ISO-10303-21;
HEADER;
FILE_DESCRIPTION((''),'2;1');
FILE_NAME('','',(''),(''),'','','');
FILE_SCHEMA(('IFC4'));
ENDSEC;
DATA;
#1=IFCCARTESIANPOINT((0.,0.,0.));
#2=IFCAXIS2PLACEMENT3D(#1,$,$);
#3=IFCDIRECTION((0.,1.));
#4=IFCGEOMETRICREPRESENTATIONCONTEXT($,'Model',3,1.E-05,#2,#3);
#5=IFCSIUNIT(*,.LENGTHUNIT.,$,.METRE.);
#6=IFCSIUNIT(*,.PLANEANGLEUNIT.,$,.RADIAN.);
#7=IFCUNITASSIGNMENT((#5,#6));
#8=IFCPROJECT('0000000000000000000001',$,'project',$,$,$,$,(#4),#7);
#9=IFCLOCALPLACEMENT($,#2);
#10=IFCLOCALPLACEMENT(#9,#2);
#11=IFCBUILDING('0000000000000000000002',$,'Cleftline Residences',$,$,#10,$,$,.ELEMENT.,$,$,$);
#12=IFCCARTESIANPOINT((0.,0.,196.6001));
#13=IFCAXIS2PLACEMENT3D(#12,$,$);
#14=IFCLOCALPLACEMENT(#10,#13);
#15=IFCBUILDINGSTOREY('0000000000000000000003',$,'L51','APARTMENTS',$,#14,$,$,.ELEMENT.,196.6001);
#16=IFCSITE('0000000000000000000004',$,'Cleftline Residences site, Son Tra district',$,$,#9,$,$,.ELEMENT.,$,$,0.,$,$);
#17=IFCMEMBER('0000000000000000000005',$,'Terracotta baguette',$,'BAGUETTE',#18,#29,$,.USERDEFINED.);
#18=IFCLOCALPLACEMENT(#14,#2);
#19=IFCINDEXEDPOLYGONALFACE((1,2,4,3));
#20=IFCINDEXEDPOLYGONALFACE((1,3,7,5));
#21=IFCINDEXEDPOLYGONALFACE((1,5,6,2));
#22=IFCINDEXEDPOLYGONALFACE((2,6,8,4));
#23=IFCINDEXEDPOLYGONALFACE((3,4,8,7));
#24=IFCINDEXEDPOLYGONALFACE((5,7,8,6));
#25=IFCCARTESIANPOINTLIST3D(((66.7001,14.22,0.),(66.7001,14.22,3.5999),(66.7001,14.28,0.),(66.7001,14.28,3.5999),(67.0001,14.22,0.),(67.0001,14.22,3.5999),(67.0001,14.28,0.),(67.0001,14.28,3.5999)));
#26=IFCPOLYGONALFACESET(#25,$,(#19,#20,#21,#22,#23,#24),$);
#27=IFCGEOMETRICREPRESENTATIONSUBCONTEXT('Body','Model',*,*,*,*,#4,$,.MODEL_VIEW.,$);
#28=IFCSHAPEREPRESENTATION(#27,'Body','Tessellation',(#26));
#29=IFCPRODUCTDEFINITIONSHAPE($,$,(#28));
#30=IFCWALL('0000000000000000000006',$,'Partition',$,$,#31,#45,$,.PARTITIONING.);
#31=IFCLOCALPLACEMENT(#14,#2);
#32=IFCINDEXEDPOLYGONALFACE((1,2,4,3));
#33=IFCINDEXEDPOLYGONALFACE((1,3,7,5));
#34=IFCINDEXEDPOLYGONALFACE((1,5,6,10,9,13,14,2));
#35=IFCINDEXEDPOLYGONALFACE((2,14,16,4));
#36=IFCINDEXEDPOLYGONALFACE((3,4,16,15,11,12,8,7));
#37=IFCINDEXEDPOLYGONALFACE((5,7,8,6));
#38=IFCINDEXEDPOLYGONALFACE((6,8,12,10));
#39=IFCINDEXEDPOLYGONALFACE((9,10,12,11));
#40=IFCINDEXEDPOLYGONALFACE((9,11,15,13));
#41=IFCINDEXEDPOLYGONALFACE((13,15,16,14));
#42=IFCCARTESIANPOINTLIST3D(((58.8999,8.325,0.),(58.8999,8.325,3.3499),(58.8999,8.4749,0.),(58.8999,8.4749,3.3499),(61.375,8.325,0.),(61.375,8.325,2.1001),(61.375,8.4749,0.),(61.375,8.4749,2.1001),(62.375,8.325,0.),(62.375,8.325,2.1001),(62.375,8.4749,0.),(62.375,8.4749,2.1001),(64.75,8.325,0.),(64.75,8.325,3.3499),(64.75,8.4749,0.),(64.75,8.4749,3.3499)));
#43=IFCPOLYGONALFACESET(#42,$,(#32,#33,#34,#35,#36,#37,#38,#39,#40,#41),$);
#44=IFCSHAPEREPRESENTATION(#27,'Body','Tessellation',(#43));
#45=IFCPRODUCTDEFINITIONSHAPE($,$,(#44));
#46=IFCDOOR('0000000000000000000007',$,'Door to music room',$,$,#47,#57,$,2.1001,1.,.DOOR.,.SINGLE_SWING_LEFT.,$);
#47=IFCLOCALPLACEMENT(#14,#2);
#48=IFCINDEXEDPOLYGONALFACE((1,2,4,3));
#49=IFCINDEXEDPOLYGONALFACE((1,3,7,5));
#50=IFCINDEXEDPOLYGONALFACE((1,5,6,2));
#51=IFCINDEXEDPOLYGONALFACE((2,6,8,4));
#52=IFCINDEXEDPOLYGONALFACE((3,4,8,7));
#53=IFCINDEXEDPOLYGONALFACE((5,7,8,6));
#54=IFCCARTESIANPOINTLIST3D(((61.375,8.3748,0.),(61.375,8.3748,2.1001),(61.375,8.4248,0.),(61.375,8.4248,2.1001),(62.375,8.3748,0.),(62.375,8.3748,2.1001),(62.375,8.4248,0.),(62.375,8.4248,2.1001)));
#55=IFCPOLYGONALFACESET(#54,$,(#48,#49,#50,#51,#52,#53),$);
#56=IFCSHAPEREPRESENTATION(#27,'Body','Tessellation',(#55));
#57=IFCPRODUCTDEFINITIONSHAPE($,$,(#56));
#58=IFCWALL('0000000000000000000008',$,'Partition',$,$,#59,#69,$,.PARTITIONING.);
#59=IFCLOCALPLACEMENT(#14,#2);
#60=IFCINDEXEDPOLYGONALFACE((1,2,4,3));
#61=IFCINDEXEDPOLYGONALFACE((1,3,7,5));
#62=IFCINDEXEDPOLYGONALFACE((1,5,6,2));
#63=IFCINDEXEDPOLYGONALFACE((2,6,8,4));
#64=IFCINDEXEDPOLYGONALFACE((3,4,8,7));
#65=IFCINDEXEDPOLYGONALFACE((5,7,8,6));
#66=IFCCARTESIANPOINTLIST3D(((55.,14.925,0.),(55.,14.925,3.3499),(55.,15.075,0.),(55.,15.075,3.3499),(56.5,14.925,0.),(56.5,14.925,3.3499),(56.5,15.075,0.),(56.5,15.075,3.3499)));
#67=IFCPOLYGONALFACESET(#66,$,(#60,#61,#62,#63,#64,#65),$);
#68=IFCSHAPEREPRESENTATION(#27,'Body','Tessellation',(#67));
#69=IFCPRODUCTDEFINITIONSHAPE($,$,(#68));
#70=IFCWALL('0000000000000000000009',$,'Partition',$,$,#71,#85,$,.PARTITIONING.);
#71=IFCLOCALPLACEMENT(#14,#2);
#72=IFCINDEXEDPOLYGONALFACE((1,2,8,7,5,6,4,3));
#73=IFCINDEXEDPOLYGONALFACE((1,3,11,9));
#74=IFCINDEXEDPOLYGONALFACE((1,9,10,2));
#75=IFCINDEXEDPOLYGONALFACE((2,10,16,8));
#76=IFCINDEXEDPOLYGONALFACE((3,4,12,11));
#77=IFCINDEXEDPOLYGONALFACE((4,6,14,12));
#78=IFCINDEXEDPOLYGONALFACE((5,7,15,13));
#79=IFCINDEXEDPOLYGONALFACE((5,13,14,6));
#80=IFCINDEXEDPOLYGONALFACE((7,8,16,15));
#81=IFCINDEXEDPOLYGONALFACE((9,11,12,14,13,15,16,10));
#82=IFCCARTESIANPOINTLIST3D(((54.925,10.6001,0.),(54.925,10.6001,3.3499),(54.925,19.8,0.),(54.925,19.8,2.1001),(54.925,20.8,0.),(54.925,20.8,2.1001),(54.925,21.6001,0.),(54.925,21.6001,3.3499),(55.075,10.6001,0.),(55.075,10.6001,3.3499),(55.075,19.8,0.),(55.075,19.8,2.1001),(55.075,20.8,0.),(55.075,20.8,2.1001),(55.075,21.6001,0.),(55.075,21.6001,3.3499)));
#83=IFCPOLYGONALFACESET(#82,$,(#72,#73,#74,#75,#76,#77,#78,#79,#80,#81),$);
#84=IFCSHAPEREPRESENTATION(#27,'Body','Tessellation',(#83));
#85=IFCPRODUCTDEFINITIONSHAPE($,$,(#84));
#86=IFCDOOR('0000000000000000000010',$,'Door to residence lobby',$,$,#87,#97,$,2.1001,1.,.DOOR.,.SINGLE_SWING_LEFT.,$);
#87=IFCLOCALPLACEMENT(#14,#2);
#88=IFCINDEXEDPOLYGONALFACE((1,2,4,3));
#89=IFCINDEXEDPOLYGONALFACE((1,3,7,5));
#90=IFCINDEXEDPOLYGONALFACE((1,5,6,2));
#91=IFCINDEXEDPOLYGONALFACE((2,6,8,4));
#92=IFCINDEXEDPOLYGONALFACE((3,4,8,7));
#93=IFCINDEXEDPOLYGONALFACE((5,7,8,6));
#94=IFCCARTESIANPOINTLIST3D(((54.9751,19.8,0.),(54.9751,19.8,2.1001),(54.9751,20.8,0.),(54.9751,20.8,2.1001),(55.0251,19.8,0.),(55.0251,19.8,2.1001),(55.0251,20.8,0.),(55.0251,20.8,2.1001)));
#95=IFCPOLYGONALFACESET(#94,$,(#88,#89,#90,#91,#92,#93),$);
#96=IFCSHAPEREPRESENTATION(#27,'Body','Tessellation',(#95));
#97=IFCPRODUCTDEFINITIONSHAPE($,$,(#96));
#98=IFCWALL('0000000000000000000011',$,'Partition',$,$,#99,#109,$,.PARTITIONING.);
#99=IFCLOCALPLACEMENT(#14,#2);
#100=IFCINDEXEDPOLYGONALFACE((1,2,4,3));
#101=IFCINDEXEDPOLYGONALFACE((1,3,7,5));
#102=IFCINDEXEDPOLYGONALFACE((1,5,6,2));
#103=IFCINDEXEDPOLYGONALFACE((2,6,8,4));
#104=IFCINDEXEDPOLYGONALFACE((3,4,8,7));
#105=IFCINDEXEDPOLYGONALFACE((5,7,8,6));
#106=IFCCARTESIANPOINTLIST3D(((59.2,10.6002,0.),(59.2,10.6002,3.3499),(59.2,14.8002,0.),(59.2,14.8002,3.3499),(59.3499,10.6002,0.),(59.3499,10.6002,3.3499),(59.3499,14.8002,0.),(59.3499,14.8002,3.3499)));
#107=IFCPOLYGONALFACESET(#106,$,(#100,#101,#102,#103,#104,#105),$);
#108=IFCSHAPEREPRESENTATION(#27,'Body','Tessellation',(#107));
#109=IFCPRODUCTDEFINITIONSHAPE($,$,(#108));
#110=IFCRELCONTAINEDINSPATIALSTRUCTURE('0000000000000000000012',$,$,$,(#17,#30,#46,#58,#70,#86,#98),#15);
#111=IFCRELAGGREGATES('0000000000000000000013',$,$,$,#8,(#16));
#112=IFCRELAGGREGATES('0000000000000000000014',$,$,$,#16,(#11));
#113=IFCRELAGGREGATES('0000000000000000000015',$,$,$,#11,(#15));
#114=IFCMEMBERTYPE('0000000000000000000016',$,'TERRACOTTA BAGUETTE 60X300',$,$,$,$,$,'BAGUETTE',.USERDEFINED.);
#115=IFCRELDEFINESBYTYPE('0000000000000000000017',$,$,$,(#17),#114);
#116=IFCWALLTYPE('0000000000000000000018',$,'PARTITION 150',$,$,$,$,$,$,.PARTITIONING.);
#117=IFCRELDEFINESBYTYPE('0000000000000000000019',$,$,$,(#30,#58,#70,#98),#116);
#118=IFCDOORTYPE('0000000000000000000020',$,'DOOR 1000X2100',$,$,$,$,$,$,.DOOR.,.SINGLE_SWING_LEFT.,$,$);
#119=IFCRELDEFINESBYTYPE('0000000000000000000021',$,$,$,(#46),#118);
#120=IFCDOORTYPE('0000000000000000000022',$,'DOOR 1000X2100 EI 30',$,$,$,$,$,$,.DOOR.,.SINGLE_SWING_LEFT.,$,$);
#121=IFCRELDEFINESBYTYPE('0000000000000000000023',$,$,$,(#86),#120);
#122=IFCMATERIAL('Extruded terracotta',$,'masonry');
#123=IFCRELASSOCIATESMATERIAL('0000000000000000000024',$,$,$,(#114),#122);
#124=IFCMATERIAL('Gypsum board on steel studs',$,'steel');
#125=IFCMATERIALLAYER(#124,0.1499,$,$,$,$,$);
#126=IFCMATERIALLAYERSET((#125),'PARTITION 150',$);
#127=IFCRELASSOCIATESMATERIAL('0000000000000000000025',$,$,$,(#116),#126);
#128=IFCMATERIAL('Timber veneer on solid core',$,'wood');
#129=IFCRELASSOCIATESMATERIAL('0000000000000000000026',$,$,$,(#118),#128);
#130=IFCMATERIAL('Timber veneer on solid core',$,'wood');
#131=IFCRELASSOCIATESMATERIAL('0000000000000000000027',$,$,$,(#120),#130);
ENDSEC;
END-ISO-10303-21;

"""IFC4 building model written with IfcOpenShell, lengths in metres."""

from ifc_helpers import new_model, si_unit, direction, frame, frame_2d, origin, origin_2d, place, context, subcontext, project, spatial, rectangle, extrude, material, layer, layer_set, material_profile, profile_set, type_object, element, fill, save


model = new_model("IFC4")

# Units and contexts
model_context = context("Model", 3, precision=1e-05, world=origin(), true_north=direction((0.0, 1.0)))
body_context = subcontext(model_context, "Body", "Model", "MODEL_VIEW")
ifc_project = project(units=[si_unit("LENGTHUNIT", "METRE"), si_unit("PLANEANGLEUNIT", "RADIAN")], contexts=[model_context])

# Site, building, storey
site_placement = place(None, origin())
site = spatial("IfcSite", under=ifc_project, at=site_placement, Name="Cleftline Residences site, Son Tra district", CompositionType="ELEMENT", RefElevation=0.0)
building_placement = place(site_placement, origin())
building = spatial("IfcBuilding", under=site, at=building_placement, Name="Cleftline Residences", CompositionType="ELEMENT")
storey_placement = place(building_placement, frame((0.0, 0.0, 196.6001)))
storey = spatial("IfcBuildingStorey", under=building, at=storey_placement, Name="L51", Description="APARTMENTS", CompositionType="ELEMENT", Elevation=196.6001)

# Member
ifc_material_1 = material(Name="Extruded terracotta", Category="masonry")
ifc_material_profile_1 = material_profile(ifc_material_1, rectangle(XDim=0.0601, YDim=0.3, at=origin_2d()))
ifc_profile_set_1 = profile_set([ifc_material_profile_1], Name="Extruded terracotta")
member_type_1 = type_object("IfcMemberType", Name="TERRACOTTA BAGUETTE 60X300", ElementType="BAGUETTE", PredefinedType="USERDEFINED", material=ifc_profile_set_1)
for number, where, z_axis, x_axis, name in (
    (1, (66.8501, 14.25, 0.0), (0.0, 0.0, 1.0), (0.0, 1.0, 0.0), "Terracotta baguette"),
):
    element("IfcMember", number, at=place(storey_placement, frame(where, z_axis=z_axis, x_axis=x_axis)), inside=storey, type_object=member_type_1, Name=name, ObjectType="BAGUETTE", PredefinedType="USERDEFINED", context=body_context, shape_type="SweptSolid", body=[
        extrude(rectangle(XDim=0.0601, YDim=0.3, at=origin_2d()), origin(), (0.0, 0.0, 1.0), 3.5999),
    ])

# Wall, opening, door
ifc_material_2 = material(Name="Gypsum board on steel studs", Category="steel")
ifc_layer = layer(ifc_material_2, 0.1499)
ifc_layer_set = layer_set([ifc_layer], Name="PARTITION 150")
wall_type = type_object("IfcWallType", Name="PARTITION 150", PredefinedType="PARTITIONING", material=ifc_layer_set)
wall_1_placement = place(storey_placement, frame((58.8999, 8.3999, 0.0), z_axis=(0.0, 0.0, 1.0), x_axis=(1.0, 0.0, 0.0)))
wall_1 = element("IfcWall", 2, at=wall_1_placement, inside=storey, type_object=wall_type, Name="Partition", PredefinedType="PARTITIONING", context=body_context, shape_type="SweptSolid", body=[
    extrude(rectangle(XDim=5.8501, YDim=0.1499, at=frame_2d((2.925, 0.0))), origin(), (0.0, 0.0, 1.0), 3.3499),
])
opening_1_placement = place(wall_1_placement, frame((2.4751, 0.0, 0.0)))
opening_1 = element("IfcOpeningElement", 3, at=opening_1_placement, cuts=wall_1, PredefinedType="OPENING", context=body_context, shape_type="SweptSolid", body=[
    extrude(rectangle(XDim=1.0, YDim=2.1001, at=frame_2d((0.5, 1.05))), frame((0.0, 0.085, 0.0), z_axis=(0.0, -1.0, 0.0), x_axis=(1.0, 0.0, 0.0)), (0.0, 0.0, 1.0), 0.1699),
])
ifc_material_3 = material(Name="Timber veneer on solid core", Category="wood")
door_type_1 = type_object("IfcDoorType", Name="DOOR 1000X2100", OperationType="SINGLE_SWING_LEFT", PredefinedType="DOOR", material=ifc_material_3)
door_1_placement = place(opening_1_placement, origin())
door_1 = element("IfcDoor", 4, at=door_1_placement, inside=storey, type_object=door_type_1, Name="Door to music room", OperationType="SINGLE_SWING_LEFT", OverallHeight=2.1001, OverallWidth=1.0, PredefinedType="DOOR", context=body_context, shape_type="SweptSolid", body=[
    extrude(rectangle(XDim=1.0, YDim=2.1001, at=frame_2d((0.5, 1.05))), frame((0.0, 0.0249, 0.0), z_axis=(0.0, -1.0, 0.0), x_axis=(1.0, 0.0, 0.0)), (0.0, 0.0, 1.0), 0.05),
])
fill(opening_1, door_1)

# Wall
wall_2_placement = place(storey_placement, frame((55.0, 15.0, 0.0), z_axis=(0.0, 0.0, 1.0), x_axis=(1.0, 0.0, 0.0)))
element("IfcWall", 5, at=wall_2_placement, inside=storey, type_object=wall_type, Name="Partition", PredefinedType="PARTITIONING", context=body_context, shape_type="SweptSolid", body=[
    extrude(rectangle(XDim=1.5, YDim=0.1499, at=frame_2d((0.75, 0.0))), origin(), (0.0, 0.0, 1.0), 3.3499),
])

# Wall, opening, door
wall_3_placement = place(storey_placement, frame((55.0, 10.6001, 0.0), z_axis=(0.0, 0.0, 1.0), x_axis=(0.0, 1.0, 0.0)))
wall_3 = element("IfcWall", 6, at=wall_3_placement, inside=storey, type_object=wall_type, Name="Partition", PredefinedType="PARTITIONING", context=body_context, shape_type="SweptSolid", body=[
    extrude(rectangle(XDim=11.0, YDim=0.1499, at=frame_2d((5.5, 0.0))), origin(), (0.0, 0.0, 1.0), 3.3499),
])
opening_2_placement = place(wall_3_placement, frame((9.2, 0.0, 0.0)))
opening_2 = element("IfcOpeningElement", 7, at=opening_2_placement, cuts=wall_3, PredefinedType="OPENING", context=body_context, shape_type="SweptSolid", body=[
    extrude(rectangle(XDim=1.0, YDim=2.1001, at=frame_2d((0.5, 1.05))), frame((0.0, 0.085, 0.0), z_axis=(0.0, -1.0, 0.0), x_axis=(1.0, 0.0, 0.0)), (0.0, 0.0, 1.0), 0.1699),
])
ifc_material_4 = material(Name="Timber veneer on solid core", Category="wood")
door_type_2 = type_object("IfcDoorType", Name="DOOR 1000X2100 EI 30", OperationType="SINGLE_SWING_LEFT", PredefinedType="DOOR", material=ifc_material_4)
door_2_placement = place(opening_2_placement, origin())
door_2 = element("IfcDoor", 8, at=door_2_placement, inside=storey, type_object=door_type_2, Name="Door to residence lobby", OperationType="SINGLE_SWING_LEFT", OverallHeight=2.1001, OverallWidth=1.0, PredefinedType="DOOR", context=body_context, shape_type="SweptSolid", body=[
    extrude(rectangle(XDim=1.0, YDim=2.1001, at=frame_2d((0.5, 1.05))), frame((0.0, 0.0249, 0.0), z_axis=(0.0, -1.0, 0.0), x_axis=(1.0, 0.0, 0.0)), (0.0, 0.0, 1.0), 0.05),
])
fill(opening_2, door_2)

# Wall
wall_4_placement = place(storey_placement, frame((59.2749, 10.6001, 0.0), z_axis=(0.0, 0.0, 1.0), x_axis=(0.0, 1.0, 0.0)))
element("IfcWall", 9, at=wall_4_placement, inside=storey, type_object=wall_type, Name="Partition", PredefinedType="PARTITIONING", context=body_context, shape_type="SweptSolid", body=[
    extrude(rectangle(XDim=4.2, YDim=0.1499, at=frame_2d((2.1001, 0.0))), origin(), (0.0, 0.0, 1.0), 3.3499),
])

save(model, "model.ifc")
